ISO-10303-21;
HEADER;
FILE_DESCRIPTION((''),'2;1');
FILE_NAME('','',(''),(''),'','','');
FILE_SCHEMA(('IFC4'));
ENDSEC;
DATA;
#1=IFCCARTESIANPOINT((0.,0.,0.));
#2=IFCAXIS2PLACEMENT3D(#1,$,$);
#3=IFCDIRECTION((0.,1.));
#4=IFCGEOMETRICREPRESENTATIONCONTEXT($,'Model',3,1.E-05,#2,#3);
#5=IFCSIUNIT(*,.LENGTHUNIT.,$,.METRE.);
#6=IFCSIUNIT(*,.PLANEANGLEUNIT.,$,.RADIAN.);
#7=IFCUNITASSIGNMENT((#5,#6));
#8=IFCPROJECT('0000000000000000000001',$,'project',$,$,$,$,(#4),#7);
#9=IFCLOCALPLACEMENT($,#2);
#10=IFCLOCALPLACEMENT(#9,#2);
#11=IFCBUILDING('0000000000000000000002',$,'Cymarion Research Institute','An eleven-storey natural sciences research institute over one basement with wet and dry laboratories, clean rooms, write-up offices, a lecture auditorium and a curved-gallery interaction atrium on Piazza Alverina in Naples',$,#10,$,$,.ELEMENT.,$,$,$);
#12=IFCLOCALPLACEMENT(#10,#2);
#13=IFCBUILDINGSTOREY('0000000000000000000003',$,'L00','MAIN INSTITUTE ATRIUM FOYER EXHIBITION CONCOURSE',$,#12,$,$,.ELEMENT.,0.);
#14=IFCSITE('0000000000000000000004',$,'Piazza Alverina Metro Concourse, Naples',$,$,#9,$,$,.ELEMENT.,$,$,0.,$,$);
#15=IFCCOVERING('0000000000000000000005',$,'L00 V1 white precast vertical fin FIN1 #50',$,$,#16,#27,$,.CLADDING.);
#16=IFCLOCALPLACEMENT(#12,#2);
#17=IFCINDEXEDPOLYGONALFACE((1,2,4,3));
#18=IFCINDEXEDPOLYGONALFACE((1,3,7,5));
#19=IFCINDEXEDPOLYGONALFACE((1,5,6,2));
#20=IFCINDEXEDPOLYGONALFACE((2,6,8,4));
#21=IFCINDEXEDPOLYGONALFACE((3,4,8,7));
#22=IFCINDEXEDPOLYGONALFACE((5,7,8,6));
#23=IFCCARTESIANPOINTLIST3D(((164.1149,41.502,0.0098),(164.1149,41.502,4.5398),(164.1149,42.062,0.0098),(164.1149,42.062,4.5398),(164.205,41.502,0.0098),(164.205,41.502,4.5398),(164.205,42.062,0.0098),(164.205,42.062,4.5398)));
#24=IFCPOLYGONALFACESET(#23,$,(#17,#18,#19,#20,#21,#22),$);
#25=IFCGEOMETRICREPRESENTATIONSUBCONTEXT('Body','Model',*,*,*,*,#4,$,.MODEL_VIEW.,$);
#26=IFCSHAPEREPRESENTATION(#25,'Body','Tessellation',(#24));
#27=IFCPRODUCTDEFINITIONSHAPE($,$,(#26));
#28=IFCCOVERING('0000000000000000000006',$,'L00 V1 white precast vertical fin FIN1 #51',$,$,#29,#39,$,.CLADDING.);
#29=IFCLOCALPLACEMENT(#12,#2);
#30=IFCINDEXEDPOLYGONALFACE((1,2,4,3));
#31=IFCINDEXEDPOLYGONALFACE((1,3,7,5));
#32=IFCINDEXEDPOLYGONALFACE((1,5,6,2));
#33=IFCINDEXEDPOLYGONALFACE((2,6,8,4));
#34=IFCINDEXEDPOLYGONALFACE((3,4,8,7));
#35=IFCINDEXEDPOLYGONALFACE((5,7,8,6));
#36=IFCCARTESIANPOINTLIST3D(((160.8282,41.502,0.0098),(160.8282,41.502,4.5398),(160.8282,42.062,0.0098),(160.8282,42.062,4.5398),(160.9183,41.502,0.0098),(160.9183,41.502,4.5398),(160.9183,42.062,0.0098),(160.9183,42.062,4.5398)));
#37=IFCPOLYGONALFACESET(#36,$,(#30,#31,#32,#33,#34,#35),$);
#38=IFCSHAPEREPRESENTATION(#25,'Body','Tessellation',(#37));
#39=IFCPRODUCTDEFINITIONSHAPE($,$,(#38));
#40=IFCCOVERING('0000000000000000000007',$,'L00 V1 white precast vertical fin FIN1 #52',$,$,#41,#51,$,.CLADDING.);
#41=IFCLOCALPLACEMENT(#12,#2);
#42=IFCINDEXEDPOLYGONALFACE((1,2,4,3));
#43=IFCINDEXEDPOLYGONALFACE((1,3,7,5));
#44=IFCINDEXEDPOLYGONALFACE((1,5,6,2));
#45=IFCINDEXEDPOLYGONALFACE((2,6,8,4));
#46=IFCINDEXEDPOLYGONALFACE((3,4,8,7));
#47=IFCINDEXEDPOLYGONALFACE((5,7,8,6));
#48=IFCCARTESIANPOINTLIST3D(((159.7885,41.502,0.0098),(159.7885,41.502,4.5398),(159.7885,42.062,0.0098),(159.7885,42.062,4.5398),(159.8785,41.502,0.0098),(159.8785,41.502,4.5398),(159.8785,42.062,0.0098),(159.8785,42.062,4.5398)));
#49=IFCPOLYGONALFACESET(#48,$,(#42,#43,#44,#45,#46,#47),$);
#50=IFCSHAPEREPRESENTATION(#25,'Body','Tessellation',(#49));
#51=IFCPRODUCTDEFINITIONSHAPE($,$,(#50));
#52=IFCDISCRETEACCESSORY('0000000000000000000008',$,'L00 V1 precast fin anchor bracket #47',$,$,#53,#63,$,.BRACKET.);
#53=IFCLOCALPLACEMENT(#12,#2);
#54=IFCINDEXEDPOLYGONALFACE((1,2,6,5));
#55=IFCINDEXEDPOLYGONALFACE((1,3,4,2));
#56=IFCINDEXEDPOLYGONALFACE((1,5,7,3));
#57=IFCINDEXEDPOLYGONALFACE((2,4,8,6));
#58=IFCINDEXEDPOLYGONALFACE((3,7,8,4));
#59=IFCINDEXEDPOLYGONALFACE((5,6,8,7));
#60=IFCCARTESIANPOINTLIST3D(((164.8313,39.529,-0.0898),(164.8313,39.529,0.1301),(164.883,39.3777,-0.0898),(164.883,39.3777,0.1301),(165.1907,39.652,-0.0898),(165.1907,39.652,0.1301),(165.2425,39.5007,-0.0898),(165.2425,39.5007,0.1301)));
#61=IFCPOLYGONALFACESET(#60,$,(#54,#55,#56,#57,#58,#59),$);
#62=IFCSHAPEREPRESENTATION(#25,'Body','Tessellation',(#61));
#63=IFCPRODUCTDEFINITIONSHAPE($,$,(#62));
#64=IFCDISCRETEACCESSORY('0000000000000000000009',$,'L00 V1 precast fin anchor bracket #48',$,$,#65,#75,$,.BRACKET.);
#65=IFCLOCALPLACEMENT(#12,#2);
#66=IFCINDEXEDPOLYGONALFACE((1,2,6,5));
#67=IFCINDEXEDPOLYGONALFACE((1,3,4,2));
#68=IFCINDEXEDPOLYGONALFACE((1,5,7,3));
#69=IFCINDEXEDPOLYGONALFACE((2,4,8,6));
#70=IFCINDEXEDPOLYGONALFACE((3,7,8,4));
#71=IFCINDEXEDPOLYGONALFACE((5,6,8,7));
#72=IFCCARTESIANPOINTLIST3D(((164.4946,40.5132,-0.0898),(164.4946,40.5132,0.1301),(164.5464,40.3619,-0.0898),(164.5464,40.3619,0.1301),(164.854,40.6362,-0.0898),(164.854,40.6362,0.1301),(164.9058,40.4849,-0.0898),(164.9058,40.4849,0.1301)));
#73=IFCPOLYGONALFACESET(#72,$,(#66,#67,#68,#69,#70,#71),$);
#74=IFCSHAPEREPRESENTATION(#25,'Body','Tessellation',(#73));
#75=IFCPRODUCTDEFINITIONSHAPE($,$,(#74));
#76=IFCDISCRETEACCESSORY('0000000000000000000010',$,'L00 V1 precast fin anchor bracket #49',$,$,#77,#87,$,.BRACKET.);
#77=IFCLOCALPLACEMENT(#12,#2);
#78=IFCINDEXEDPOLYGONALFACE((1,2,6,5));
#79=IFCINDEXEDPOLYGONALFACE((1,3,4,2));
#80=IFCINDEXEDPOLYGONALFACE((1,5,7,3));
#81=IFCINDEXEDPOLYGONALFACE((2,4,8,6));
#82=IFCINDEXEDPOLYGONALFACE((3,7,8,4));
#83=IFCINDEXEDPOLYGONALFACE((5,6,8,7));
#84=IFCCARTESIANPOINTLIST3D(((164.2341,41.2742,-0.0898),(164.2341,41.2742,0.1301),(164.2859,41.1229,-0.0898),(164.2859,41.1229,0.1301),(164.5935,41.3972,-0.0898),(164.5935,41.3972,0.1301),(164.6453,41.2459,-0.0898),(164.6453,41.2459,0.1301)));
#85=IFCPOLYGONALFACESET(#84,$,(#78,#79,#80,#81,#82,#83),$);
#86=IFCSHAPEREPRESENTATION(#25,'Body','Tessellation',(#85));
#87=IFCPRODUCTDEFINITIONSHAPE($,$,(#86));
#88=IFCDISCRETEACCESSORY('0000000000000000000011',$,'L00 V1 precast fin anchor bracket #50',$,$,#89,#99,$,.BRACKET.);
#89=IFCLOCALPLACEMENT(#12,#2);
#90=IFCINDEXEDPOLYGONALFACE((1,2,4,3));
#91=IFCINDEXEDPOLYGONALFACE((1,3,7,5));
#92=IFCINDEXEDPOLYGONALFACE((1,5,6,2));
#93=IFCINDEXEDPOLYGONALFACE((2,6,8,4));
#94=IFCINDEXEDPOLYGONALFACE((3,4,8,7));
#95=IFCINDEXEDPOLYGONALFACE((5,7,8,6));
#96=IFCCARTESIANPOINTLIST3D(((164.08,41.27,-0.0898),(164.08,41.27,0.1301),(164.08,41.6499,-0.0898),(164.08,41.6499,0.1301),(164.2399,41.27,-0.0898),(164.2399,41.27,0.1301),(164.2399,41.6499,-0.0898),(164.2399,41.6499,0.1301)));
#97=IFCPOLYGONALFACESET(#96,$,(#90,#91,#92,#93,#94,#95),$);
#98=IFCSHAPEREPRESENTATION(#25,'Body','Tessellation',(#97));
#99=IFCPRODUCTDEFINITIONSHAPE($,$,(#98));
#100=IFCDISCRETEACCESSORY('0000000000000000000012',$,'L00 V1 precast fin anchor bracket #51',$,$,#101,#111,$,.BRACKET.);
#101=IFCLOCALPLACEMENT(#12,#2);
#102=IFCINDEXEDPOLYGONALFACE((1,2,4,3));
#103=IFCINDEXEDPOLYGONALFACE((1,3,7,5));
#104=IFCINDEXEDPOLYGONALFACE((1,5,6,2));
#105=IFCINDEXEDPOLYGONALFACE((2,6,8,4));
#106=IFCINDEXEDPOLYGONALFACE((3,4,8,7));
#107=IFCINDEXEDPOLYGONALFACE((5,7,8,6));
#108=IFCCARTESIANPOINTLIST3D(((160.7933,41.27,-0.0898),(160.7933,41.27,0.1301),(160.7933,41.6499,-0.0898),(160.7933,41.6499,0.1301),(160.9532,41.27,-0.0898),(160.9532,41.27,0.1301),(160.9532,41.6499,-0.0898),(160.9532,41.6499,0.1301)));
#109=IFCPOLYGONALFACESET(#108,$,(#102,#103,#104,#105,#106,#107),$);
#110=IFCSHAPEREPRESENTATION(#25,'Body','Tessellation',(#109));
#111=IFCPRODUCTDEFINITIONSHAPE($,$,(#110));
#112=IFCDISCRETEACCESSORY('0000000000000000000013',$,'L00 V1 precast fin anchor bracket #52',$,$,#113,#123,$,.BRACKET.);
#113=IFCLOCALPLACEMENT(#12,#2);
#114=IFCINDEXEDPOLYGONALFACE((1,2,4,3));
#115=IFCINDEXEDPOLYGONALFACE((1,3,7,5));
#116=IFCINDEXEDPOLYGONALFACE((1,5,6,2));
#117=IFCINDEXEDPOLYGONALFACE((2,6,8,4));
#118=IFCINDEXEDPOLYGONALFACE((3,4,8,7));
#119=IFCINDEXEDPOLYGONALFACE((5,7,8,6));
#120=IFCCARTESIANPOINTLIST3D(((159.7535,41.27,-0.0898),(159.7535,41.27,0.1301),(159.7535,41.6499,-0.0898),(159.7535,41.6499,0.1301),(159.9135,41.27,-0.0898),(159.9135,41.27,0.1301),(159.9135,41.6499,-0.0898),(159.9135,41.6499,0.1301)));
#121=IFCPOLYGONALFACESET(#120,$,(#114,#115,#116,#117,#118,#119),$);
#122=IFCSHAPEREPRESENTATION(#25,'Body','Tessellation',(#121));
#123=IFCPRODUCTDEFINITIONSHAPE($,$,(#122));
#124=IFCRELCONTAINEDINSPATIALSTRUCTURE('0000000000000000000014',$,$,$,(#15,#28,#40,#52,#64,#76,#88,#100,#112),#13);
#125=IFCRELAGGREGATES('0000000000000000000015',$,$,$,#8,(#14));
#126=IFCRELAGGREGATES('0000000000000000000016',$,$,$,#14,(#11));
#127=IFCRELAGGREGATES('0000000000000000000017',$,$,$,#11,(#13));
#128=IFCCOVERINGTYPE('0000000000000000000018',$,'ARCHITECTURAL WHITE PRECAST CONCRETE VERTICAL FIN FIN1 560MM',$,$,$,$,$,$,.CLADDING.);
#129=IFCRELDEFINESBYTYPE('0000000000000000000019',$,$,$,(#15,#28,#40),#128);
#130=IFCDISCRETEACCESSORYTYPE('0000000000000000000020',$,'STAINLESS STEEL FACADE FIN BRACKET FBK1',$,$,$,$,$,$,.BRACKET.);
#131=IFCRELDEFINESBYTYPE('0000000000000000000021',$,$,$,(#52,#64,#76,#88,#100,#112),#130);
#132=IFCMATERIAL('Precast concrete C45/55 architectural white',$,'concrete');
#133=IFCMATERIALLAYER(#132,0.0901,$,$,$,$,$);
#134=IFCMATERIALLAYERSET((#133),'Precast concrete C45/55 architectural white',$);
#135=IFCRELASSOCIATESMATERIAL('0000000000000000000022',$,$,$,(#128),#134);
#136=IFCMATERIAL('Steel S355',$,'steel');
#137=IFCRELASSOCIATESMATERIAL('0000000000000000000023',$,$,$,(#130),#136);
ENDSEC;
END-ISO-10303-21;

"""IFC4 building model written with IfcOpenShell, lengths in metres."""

from ifc_helpers import new_model, si_unit, direction, frame, origin, origin_2d, place, context, subcontext, project, spatial, rectangle, extrude, material, layer, layer_set, type_object, element, save


model = new_model("IFC4")

# Units and contexts
model_context = context("Model", 3, precision=1e-05, world=origin(), true_north=direction((0.0, 1.0)))
body_context = subcontext(model_context, "Body", "Model", "MODEL_VIEW")
ifc_project = project(units=[si_unit("LENGTHUNIT", "METRE"), si_unit("PLANEANGLEUNIT", "RADIAN")], contexts=[model_context])

# Site, building, storey
site_placement = place(None, origin())
site = spatial("IfcSite", under=ifc_project, at=site_placement, Name="Piazza Alverina Metro Concourse, Naples", CompositionType="ELEMENT", RefElevation=0.0)
building_placement = place(site_placement, origin())
building = spatial("IfcBuilding", under=site, at=building_placement, Name="Cymarion Research Institute", Description="An eleven-storey natural sciences research institute over one basement with wet and dry laboratories, clean rooms, write-up offices, a lecture auditorium and a curved-gallery interaction atrium on Piazza Alverina in Naples", CompositionType="ELEMENT")
storey_placement = place(building_placement, origin())
storey = spatial("IfcBuildingStorey", under=building, at=storey_placement, Name="L00", Description="MAIN INSTITUTE ATRIUM FOYER EXHIBITION CONCOURSE", CompositionType="ELEMENT", Elevation=0.0)

# Shared definitions
ifc_material_1 = material(Name="Steel S355", Category="steel")

# Coverings
ifc_material_2 = material(Name="Precast concrete C45/55 architectural white", Category="concrete")
ifc_layer_1 = layer(ifc_material_2, 0.0901)
ifc_layer_set_1 = layer_set([ifc_layer_1], Name="Precast concrete C45/55 architectural white")
covering_type = type_object("IfcCoveringType", Name="ARCHITECTURAL WHITE PRECAST CONCRETE VERTICAL FIN FIN1 560MM", PredefinedType="CLADDING", material=ifc_layer_set_1)
for number, where, z_axis, x_axis, name in (
    (1, (164.1599, 41.782, 0.0098), (0.0, 0.0, 1.0), (0.0, 1.0, 0.0), "L00 V1 white precast vertical fin FIN1 #50"),
    (2, (160.8733, 41.782, 0.0098), (0.0, 0.0, 1.0), (0.0, 1.0, 0.0), "L00 V1 white precast vertical fin FIN1 #51"),
    (3, (159.8335, 41.782, 0.0098), (0.0, 0.0, 1.0), (0.0, 1.0, 0.0), "L00 V1 white precast vertical fin FIN1 #52"),
):
    element("IfcCovering", number, at=place(storey_placement, frame(where, z_axis=z_axis, x_axis=x_axis)), inside=storey, type_object=covering_type, Name=name, PredefinedType="CLADDING", context=body_context, shape_type="SweptSolid", body=[
        extrude(rectangle(XDim=0.5601, YDim=0.0901, at=origin_2d()), origin(), (0.0, 0.0, 1.0), 4.53),
    ])

# Discrete accessories
discrete_accessory_type = type_object("IfcDiscreteAccessoryType", Name="STAINLESS STEEL FACADE FIN BRACKET FBK1", PredefinedType="BRACKET", material=ifc_material_1)
for number, where, z_axis, x_axis, name in (
    (4, (165.0369, 39.5149, -0.0898), (0.0, 0.0, 1.0), (0.946142, 0.323752, 0.0), "L00 V1 precast fin anchor bracket #47"),
    (5, (164.7002, 40.499, -0.0898), (0.0, 0.0, 1.0), (0.946142, 0.323752, 0.0), "L00 V1 precast fin anchor bracket #48"),
    (6, (164.4397, 41.26, -0.0898), (0.0, 0.0, 1.0), (0.946142, 0.323752, 0.0), "L00 V1 precast fin anchor bracket #49"),
    (7, (164.1599, 41.46, -0.0898), (0.0, 0.0, 1.0), (0.0, 1.0, 0.0), "L00 V1 precast fin anchor bracket #50"),
    (8, (160.8733, 41.46, -0.0898), (0.0, 0.0, 1.0), (0.0, 1.0, 0.0), "L00 V1 precast fin anchor bracket #51"),
    (9, (159.8335, 41.46, -0.0898), (0.0, 0.0, 1.0), (0.0, 1.0, 0.0), "L00 V1 precast fin anchor bracket #52"),
):
    element("IfcDiscreteAccessory", number, at=place(storey_placement, frame(where, z_axis=z_axis, x_axis=x_axis)), inside=storey, type_object=discrete_accessory_type, Name=name, PredefinedType="BRACKET", context=body_context, shape_type="SweptSolid", body=[
        extrude(rectangle(XDim=0.3799, YDim=0.1599, at=origin_2d()), origin(), (0.0, 0.0, 1.0), 0.22),
    ])

save(model, "model.ifc")
